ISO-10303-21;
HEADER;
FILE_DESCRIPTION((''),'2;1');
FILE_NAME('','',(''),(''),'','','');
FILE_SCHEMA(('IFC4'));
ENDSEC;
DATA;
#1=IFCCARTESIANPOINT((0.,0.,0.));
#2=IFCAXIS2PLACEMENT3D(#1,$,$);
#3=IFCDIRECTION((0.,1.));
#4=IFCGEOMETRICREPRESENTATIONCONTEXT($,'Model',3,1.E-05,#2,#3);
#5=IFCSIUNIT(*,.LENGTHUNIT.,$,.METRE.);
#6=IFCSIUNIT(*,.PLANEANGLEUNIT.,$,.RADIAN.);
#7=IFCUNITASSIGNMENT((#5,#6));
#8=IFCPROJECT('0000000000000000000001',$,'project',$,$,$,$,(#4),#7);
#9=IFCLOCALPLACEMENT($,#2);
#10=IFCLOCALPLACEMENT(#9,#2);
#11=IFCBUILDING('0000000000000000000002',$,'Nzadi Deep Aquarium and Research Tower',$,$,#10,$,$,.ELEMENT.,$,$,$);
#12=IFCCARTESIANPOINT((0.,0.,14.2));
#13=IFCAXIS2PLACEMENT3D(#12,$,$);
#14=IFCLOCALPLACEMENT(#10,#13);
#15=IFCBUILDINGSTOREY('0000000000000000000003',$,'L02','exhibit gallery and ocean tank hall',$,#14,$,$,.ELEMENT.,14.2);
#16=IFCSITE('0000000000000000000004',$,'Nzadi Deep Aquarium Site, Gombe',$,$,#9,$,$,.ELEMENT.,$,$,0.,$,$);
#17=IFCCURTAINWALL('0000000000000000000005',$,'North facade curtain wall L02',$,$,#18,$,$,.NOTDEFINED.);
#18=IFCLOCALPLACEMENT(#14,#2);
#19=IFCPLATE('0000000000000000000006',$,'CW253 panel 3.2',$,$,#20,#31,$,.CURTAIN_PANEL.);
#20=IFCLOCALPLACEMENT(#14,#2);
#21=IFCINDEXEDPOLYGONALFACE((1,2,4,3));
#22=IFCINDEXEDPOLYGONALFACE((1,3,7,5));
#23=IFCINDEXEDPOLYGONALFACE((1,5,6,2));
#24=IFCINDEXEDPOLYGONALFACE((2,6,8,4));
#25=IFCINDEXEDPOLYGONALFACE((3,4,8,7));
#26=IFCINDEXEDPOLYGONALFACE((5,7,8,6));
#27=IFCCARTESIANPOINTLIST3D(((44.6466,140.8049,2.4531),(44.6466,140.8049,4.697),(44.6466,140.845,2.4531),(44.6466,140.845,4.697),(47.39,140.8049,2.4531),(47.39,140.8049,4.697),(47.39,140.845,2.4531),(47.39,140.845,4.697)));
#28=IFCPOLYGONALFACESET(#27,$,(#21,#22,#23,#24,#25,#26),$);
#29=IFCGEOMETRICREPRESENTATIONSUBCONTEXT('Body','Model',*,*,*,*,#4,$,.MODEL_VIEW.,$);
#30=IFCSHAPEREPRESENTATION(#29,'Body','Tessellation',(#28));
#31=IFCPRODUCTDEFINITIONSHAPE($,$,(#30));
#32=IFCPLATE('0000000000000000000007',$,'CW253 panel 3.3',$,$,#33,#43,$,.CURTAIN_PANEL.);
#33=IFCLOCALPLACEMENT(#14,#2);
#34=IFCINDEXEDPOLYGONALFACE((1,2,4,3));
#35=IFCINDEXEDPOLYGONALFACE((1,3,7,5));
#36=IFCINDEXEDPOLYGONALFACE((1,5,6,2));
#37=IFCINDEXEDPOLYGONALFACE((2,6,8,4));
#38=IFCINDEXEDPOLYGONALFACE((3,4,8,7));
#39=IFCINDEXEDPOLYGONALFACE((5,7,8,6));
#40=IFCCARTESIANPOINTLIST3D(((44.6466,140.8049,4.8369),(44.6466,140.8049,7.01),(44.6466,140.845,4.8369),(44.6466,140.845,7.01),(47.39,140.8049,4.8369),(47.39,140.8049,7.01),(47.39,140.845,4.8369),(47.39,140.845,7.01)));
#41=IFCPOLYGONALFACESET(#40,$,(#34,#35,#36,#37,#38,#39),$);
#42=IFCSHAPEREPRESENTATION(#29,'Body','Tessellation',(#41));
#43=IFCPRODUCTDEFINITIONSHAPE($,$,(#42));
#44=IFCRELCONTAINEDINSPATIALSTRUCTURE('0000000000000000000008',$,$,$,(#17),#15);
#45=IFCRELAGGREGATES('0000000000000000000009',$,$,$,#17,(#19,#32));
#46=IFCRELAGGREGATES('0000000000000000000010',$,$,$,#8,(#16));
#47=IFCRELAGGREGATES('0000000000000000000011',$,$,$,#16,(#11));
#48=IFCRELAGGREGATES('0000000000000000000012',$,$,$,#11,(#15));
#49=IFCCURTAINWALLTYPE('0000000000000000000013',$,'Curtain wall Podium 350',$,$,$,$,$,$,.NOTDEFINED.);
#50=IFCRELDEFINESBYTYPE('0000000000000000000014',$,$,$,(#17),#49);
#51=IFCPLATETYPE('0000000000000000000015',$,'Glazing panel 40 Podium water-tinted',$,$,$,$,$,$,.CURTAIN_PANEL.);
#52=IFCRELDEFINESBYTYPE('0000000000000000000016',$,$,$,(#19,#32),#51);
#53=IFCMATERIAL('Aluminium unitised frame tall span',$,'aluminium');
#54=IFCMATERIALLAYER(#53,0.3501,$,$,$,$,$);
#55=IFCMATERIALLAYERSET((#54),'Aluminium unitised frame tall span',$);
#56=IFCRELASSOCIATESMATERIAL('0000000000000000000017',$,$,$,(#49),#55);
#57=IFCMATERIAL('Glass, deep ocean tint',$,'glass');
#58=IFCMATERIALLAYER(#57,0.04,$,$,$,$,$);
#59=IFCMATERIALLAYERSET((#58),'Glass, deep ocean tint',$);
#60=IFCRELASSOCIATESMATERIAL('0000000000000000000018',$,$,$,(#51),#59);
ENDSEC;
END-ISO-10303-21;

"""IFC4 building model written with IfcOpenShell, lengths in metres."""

from ifc_helpers import new_model, si_unit, direction, frame, origin, origin_2d, place, context, subcontext, project, spatial, rectangle, extrude, material, layer, layer_set, type_object, element, aggregate, save


model = new_model("IFC4")

# Units and contexts
model_context = context("Model", 3, precision=1e-05, world=origin(), true_north=direction((0.0, 1.0)))
body_context = subcontext(model_context, "Body", "Model", "MODEL_VIEW")
ifc_project = project(units=[si_unit("LENGTHUNIT", "METRE"), si_unit("PLANEANGLEUNIT", "RADIAN")], contexts=[model_context])

# Site, building, storey
site_placement = place(None, origin())
site = spatial("IfcSite", under=ifc_project, at=site_placement, Name="Nzadi Deep Aquarium Site, Gombe", CompositionType="ELEMENT", RefElevation=0.0)
building_placement = place(site_placement, origin())
building = spatial("IfcBuilding", under=site, at=building_placement, Name="Nzadi Deep Aquarium and Research Tower", CompositionType="ELEMENT")
storey_placement = place(building_placement, frame((0.0, 0.0, 14.2)))
storey = spatial("IfcBuildingStorey", under=building, at=storey_placement, Name="L02", Description="exhibit gallery and ocean tank hall", CompositionType="ELEMENT", Elevation=14.2)

# Curtain wall
ifc_material_1 = material(Name="Aluminium unitised frame tall span", Category="aluminium")
ifc_layer_1 = layer(ifc_material_1, 0.3501)
ifc_layer_set_1 = layer_set([ifc_layer_1], Name="Aluminium unitised frame tall span")
curtain_wall_type = type_object("IfcCurtainWallType", Name="Curtain wall Podium 350", PredefinedType="NOTDEFINED", material=ifc_layer_set_1)
curtain_wall_1_placement = place(storey_placement, origin())
curtain_wall_1 = element("IfcCurtainWall", 1, at=curtain_wall_1_placement, inside=storey, type_object=curtain_wall_type, Name="North facade curtain wall L02", PredefinedType="NOTDEFINED")

# Plates
ifc_material_2 = material(Name="Glass, deep ocean tint", Category="glass")
ifc_layer_2 = layer(ifc_material_2, 0.04)
ifc_layer_set_2 = layer_set([ifc_layer_2], Name="Glass, deep ocean tint")
plate_type = type_object("IfcPlateType", Name="Glazing panel 40 Podium water-tinted", PredefinedType="CURTAIN_PANEL", material=ifc_layer_set_2)
plate_1_placement = place(storey_placement, frame((46.0183, 140.825, 2.4531), z_axis=(0.0, 0.0, 1.0), x_axis=(1.0, 0.0, 0.0)))
plate_1 = element("IfcPlate", 2, at=plate_1_placement, type_object=plate_type, Name="CW253 panel 3.2", PredefinedType="CURTAIN_PANEL", context=body_context, shape_type="SweptSolid", body=[
    extrude(rectangle(XDim=2.7434, YDim=0.04, at=origin_2d()), origin(), (0.0, 0.0, 1.0), 2.2439),
])
plate_2_placement = place(storey_placement, frame((46.0183, 140.825, 4.8369), z_axis=(0.0, 0.0, 1.0), x_axis=(1.0, 0.0, 0.0)))
plate_2 = element("IfcPlate", 3, at=plate_2_placement, type_object=plate_type, Name="CW253 panel 3.3", PredefinedType="CURTAIN_PANEL", context=body_context, shape_type="SweptSolid", body=[
    extrude(rectangle(XDim=2.7434, YDim=0.04, at=origin_2d()), origin(), (0.0, 0.0, 1.0), 2.1731),
])
aggregate(curtain_wall_1, [plate_1, plate_2])

save(model, "model.ifc")
